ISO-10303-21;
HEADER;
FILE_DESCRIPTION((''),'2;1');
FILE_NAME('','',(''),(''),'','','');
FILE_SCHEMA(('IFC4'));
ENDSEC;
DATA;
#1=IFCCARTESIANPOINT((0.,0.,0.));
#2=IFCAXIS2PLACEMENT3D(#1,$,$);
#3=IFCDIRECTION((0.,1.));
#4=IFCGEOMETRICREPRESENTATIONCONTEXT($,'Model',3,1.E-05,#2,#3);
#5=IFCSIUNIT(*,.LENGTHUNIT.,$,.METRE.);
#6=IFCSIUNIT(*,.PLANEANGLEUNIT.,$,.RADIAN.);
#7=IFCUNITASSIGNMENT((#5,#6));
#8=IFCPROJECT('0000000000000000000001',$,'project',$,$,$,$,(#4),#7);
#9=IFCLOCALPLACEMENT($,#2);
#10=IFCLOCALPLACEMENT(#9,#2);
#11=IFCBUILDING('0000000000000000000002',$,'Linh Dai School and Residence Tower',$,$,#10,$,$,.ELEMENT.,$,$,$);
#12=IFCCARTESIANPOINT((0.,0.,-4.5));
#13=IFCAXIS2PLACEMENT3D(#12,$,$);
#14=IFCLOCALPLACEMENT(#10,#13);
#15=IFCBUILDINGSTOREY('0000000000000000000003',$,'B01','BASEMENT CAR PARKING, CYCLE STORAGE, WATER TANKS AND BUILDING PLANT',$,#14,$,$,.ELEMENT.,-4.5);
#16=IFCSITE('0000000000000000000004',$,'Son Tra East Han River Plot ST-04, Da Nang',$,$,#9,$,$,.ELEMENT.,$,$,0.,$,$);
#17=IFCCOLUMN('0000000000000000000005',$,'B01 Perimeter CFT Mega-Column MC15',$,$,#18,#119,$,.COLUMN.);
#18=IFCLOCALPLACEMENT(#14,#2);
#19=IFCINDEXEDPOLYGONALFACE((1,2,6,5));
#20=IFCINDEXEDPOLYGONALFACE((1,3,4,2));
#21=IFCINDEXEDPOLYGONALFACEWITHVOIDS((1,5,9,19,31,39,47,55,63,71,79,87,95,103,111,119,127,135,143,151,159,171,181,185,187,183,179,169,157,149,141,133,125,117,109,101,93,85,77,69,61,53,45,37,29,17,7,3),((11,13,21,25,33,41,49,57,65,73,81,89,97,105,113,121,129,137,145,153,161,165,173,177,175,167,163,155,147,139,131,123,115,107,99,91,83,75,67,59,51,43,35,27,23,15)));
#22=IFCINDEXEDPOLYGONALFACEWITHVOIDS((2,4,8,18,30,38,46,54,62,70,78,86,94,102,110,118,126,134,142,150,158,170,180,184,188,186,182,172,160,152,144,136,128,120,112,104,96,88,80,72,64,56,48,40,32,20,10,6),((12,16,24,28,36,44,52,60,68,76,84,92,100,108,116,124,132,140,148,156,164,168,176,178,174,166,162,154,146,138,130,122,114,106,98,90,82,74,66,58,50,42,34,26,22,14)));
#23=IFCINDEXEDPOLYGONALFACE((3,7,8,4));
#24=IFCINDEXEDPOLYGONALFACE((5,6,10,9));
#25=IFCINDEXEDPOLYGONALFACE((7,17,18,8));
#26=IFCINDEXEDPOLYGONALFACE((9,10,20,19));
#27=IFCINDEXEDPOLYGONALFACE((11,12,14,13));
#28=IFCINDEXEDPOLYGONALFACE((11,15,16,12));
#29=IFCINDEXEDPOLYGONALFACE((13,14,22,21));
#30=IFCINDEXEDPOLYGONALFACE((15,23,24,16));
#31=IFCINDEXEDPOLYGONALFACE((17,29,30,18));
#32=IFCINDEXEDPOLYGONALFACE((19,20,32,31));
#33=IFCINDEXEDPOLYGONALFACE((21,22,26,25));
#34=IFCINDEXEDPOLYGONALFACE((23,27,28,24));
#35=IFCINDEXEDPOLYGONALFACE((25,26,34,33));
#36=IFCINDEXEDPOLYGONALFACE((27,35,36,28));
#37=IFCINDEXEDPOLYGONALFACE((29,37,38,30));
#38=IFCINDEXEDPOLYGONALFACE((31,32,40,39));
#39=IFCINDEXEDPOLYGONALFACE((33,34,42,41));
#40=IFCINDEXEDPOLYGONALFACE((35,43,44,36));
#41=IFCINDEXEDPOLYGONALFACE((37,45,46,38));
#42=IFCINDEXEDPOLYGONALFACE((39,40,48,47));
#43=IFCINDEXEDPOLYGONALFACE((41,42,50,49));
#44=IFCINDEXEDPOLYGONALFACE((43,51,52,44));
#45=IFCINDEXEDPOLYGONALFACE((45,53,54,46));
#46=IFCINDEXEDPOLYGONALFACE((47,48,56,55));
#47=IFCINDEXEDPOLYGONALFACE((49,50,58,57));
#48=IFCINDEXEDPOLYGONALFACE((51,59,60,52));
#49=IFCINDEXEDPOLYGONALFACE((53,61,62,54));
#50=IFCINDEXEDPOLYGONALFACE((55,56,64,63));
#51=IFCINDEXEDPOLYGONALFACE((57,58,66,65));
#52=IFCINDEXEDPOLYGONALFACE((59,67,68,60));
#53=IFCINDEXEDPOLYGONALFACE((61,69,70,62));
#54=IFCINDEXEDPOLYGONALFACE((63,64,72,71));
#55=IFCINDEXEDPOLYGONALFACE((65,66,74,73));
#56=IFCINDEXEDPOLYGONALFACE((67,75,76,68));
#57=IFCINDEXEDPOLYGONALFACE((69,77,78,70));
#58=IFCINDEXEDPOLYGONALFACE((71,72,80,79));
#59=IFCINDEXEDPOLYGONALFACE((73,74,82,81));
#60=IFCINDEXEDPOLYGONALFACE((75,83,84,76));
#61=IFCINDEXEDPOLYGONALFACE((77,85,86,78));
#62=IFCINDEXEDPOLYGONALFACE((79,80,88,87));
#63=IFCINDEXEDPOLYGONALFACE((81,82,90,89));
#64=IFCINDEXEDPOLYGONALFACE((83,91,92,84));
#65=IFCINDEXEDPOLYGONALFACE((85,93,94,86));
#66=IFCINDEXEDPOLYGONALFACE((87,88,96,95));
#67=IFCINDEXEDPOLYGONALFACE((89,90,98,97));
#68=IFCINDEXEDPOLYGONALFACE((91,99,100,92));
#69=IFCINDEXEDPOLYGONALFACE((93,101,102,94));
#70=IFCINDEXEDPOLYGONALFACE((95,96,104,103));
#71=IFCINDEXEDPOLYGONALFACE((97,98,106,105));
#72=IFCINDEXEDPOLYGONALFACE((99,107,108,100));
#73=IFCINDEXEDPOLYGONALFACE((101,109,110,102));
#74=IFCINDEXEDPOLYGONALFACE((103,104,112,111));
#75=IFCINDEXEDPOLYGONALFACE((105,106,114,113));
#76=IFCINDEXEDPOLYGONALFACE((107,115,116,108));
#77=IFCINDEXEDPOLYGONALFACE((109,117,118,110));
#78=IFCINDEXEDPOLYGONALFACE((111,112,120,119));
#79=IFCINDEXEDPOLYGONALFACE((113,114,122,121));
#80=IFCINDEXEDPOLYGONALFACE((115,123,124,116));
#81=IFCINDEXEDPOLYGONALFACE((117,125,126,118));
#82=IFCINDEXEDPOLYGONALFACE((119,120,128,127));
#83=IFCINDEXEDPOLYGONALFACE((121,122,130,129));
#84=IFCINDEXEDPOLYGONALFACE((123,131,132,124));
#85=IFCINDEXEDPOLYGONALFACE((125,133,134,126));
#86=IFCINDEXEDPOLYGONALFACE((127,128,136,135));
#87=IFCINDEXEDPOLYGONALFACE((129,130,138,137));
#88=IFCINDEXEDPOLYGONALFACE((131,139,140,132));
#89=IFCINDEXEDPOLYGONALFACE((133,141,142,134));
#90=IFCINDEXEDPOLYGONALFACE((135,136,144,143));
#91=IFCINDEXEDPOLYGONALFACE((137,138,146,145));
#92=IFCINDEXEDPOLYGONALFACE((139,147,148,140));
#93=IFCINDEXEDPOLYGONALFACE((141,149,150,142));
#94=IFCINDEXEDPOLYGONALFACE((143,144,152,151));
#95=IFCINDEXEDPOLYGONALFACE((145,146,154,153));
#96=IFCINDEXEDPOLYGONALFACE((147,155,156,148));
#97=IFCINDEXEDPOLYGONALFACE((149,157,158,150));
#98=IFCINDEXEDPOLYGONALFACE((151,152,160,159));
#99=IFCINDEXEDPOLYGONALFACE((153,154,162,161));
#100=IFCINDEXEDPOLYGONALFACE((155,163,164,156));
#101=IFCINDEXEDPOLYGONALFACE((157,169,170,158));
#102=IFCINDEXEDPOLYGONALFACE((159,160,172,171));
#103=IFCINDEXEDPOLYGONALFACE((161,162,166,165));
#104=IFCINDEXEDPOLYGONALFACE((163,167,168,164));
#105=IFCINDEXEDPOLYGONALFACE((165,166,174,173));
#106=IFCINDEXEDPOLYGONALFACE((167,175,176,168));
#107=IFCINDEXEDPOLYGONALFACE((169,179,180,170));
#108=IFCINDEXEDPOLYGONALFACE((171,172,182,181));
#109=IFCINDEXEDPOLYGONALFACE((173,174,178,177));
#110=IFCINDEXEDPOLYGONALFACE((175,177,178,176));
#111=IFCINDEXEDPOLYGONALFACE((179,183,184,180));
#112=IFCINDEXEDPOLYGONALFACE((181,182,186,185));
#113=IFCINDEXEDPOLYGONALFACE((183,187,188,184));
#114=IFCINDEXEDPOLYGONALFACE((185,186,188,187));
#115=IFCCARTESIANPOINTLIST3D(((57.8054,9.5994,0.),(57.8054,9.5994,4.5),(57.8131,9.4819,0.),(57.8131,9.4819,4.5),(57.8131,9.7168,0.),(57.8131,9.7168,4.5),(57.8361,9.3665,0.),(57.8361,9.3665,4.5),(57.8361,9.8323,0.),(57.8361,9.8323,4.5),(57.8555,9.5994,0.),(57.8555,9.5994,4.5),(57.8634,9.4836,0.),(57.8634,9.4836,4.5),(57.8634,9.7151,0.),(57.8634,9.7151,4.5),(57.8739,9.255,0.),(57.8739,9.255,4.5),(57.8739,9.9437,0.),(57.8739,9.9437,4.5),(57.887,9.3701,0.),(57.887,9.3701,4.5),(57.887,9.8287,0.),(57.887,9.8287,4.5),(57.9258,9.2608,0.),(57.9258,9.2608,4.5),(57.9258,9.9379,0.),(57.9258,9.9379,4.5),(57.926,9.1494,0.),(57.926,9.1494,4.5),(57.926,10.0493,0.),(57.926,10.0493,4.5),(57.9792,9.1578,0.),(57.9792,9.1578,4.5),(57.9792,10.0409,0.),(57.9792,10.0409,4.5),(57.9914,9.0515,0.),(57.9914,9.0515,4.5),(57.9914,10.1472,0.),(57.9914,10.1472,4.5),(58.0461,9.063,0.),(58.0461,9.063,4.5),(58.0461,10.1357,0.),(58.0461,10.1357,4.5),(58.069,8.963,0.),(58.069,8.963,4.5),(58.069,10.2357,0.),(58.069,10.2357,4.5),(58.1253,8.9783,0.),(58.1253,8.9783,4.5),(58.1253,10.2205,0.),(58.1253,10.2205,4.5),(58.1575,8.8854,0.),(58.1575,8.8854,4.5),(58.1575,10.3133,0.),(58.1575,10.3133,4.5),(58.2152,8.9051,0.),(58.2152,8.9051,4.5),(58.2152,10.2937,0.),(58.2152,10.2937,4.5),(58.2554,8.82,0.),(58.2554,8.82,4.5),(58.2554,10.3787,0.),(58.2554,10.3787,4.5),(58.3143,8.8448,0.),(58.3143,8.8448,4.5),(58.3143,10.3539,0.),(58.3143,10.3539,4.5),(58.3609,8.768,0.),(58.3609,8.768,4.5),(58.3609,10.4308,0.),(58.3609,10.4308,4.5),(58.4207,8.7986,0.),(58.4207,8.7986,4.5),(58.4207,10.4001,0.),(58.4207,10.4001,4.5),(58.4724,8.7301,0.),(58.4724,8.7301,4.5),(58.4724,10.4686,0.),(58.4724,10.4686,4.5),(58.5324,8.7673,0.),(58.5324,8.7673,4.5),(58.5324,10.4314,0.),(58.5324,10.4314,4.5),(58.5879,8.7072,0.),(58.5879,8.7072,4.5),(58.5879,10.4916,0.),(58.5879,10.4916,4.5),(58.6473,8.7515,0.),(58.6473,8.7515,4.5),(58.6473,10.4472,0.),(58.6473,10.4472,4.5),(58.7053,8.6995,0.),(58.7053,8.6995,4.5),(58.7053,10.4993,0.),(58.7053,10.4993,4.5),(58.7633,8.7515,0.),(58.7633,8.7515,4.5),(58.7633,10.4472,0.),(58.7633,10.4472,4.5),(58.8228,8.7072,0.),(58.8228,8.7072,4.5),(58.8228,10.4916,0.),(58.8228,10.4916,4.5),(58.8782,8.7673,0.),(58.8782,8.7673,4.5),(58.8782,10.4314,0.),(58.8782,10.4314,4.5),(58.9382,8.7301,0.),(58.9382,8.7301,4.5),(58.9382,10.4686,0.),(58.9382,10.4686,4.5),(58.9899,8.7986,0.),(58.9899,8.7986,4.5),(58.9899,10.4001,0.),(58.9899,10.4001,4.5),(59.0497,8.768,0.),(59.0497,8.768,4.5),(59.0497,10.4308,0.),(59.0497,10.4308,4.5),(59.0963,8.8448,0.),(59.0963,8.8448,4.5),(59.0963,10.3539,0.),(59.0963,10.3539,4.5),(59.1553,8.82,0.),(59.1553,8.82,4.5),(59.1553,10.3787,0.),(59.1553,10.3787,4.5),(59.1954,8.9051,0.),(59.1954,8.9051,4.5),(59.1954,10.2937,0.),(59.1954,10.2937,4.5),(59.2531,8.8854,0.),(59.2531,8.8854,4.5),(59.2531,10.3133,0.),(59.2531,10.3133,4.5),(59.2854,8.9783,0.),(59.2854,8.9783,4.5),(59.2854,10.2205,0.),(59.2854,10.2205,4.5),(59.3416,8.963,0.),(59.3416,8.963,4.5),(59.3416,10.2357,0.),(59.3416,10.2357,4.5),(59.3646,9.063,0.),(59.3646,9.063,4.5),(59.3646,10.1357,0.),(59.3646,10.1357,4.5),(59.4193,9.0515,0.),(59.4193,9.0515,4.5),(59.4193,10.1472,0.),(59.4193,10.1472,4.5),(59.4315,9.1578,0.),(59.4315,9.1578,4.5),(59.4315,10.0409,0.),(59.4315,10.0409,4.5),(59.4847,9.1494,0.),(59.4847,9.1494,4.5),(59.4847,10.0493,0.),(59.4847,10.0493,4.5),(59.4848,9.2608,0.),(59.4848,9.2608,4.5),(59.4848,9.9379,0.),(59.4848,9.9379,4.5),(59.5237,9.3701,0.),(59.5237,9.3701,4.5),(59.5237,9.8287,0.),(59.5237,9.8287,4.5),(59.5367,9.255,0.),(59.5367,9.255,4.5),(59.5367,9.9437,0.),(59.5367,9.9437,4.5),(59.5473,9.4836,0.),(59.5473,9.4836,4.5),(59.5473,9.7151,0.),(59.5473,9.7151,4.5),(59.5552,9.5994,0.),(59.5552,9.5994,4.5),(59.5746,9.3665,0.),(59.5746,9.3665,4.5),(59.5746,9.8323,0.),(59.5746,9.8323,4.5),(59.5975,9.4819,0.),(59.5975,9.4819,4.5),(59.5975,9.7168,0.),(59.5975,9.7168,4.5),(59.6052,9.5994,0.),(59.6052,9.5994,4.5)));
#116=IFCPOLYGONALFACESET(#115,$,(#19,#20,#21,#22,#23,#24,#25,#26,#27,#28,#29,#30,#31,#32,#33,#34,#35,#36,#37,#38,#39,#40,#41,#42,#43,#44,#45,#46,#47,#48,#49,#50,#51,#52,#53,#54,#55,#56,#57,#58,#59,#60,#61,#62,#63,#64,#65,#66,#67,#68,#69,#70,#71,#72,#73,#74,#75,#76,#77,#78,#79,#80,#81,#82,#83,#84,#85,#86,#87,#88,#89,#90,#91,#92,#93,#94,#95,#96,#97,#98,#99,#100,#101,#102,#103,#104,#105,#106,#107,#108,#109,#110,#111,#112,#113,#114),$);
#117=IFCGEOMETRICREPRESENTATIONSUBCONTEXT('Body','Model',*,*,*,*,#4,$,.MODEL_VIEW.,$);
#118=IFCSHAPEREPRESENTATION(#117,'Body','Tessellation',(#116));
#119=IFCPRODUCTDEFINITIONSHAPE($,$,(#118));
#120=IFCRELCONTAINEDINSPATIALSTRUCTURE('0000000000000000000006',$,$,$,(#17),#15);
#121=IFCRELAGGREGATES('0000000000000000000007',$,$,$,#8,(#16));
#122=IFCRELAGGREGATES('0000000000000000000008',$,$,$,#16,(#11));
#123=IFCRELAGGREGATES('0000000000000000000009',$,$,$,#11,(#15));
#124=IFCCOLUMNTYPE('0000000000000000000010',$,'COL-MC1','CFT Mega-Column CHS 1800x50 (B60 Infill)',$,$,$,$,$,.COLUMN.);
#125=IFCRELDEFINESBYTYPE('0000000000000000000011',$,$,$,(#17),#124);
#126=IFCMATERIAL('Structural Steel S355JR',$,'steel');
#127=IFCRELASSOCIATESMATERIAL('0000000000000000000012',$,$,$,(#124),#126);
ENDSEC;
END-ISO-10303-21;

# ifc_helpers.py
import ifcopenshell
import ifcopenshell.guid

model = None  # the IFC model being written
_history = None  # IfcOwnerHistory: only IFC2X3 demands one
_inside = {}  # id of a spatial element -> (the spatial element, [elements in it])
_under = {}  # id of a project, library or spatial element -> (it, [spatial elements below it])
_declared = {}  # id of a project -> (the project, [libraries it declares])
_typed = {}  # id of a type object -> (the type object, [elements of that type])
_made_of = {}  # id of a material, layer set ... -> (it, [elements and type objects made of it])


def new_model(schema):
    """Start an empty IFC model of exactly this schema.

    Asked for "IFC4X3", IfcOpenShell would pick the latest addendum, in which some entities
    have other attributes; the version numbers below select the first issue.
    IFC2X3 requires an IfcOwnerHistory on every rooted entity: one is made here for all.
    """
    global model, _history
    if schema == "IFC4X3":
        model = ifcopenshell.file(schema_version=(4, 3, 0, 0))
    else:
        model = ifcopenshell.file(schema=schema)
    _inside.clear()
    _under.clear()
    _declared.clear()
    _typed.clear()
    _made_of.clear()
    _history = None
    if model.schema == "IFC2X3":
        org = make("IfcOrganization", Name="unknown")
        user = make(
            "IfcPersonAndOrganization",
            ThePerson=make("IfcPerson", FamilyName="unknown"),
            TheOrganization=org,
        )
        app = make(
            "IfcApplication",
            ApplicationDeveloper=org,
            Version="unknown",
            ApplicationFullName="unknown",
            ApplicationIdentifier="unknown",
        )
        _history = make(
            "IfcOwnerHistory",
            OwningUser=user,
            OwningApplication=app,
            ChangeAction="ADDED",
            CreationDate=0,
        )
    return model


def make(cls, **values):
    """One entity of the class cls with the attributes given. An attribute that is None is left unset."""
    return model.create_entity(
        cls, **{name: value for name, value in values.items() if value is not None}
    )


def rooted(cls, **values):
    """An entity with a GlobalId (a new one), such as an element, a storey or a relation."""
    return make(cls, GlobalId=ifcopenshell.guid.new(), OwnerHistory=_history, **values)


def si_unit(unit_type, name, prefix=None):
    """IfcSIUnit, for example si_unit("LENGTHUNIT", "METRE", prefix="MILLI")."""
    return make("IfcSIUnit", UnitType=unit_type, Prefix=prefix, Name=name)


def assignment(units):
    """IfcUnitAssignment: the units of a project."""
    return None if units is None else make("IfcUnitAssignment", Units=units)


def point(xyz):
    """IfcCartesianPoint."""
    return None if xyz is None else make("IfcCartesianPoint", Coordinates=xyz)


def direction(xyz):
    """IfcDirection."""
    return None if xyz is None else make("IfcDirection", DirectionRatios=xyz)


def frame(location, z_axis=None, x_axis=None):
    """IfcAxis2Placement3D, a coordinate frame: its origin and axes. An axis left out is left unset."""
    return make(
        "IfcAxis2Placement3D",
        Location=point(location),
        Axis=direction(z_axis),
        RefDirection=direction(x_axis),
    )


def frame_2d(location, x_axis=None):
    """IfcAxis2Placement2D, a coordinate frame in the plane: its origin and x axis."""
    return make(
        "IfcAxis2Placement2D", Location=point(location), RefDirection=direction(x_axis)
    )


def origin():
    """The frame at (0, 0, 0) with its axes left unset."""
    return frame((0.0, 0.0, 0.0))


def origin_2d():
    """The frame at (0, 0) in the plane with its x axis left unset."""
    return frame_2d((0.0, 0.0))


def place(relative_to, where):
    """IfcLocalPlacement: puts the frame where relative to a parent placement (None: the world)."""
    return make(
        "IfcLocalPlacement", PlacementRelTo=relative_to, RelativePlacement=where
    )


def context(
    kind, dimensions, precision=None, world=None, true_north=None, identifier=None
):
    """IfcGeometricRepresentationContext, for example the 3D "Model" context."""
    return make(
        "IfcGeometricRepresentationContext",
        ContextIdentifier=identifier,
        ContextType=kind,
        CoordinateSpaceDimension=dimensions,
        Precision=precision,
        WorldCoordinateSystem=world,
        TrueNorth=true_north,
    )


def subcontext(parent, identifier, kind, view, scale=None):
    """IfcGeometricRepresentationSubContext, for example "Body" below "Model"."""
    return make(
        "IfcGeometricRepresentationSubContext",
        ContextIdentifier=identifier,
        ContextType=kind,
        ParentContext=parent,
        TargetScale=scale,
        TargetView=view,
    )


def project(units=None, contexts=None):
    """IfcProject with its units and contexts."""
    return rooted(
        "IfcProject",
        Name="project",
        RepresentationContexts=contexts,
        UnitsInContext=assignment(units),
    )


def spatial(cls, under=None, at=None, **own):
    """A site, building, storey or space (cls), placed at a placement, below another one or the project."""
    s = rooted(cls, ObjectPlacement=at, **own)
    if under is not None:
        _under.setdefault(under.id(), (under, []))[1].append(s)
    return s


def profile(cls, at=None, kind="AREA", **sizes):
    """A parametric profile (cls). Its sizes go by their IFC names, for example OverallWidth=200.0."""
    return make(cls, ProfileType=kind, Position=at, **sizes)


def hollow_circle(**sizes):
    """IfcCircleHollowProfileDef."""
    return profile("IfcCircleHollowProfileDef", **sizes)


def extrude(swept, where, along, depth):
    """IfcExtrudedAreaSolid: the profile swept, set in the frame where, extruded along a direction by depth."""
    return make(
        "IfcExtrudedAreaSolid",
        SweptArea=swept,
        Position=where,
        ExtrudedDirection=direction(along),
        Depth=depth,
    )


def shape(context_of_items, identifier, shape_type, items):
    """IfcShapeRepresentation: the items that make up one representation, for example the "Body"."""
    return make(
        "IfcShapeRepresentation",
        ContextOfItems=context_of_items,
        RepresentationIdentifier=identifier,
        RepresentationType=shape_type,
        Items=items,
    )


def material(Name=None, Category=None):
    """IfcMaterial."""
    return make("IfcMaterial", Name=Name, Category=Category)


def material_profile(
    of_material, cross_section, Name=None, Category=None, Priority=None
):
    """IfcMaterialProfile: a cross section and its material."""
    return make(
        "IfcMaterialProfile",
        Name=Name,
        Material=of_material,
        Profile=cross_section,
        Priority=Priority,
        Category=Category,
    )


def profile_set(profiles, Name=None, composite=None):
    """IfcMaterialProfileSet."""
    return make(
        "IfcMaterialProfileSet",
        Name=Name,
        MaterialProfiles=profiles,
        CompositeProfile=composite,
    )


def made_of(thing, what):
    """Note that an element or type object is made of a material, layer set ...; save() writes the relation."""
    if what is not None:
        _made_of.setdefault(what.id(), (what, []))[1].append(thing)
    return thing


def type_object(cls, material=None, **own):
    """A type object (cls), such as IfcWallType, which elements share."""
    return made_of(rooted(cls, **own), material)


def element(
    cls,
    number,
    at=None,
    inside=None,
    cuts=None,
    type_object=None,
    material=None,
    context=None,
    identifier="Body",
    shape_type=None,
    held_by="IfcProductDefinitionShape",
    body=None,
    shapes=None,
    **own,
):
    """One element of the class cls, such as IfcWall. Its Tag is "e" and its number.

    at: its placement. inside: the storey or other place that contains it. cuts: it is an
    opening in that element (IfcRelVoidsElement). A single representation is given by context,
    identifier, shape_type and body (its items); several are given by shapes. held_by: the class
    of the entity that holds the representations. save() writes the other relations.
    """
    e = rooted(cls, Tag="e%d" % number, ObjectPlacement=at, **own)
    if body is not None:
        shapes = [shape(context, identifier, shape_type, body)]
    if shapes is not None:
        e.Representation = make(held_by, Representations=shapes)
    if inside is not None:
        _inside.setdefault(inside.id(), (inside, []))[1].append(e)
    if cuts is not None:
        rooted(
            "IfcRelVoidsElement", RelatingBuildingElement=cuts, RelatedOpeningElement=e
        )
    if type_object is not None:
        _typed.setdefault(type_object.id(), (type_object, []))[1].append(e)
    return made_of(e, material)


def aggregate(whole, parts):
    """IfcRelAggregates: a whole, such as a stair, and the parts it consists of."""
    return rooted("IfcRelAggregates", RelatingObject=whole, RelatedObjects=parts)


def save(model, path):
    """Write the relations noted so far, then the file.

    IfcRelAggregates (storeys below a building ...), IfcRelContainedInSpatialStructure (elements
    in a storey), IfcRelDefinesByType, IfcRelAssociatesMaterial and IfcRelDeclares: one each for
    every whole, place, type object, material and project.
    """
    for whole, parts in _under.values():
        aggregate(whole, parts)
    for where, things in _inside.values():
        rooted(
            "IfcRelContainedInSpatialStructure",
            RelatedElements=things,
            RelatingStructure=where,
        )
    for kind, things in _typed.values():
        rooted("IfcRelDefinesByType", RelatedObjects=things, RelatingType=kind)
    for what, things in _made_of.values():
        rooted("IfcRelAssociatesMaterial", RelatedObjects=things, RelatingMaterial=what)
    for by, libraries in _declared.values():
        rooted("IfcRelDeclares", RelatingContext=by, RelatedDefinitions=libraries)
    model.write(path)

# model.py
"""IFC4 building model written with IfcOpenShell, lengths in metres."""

from ifc_helpers import new_model, si_unit, direction, frame, origin, origin_2d, place, context, subcontext, project, spatial, hollow_circle, extrude, material, material_profile, profile_set, type_object, element, save


model = new_model("IFC4")

# Units and contexts
model_context = context("Model", 3, precision=1e-05, world=origin(), true_north=direction((0.0, 1.0)))
body_context = subcontext(model_context, "Body", "Model", "MODEL_VIEW")
ifc_project = project(units=[si_unit("LENGTHUNIT", "METRE"), si_unit("PLANEANGLEUNIT", "RADIAN")], contexts=[model_context])

# Site, building, storey
site_placement = place(None, origin())
site = spatial("IfcSite", under=ifc_project, at=site_placement, Name="Son Tra East Han River Plot ST-04, Da Nang", CompositionType="ELEMENT", RefElevation=0.0)
building_placement = place(site_placement, origin())
building = spatial("IfcBuilding", under=site, at=building_placement, Name="Linh Dai School and Residence Tower", CompositionType="ELEMENT")
storey_placement = place(building_placement, frame((0.0, 0.0, -4.5)))
storey = spatial("IfcBuildingStorey", under=building, at=storey_placement, Name="B01", Description="BASEMENT CAR PARKING, CYCLE STORAGE, WATER TANKS AND BUILDING PLANT", CompositionType="ELEMENT", Elevation=-4.5)

# Column
ifc_material_1 = material(Name="Structural Steel S355JR", Category="steel")
ifc_material_profile_1 = material_profile(ifc_material_1, hollow_circle(Radius=0.8999, WallThickness=0.05, at=origin_2d()), Name="CHS 1800x50")
ifc_profile_set_1 = profile_set([ifc_material_profile_1], Name="Structural Steel S355JR")
column_type_1 = type_object("IfcColumnType", Name="COL-MC1", Description="CFT Mega-Column CHS 1800x50 (B60 Infill)", PredefinedType="COLUMN", material=ifc_profile_set_1)
for number, where, z_axis, x_axis, name in (
    (1, (58.7053, 9.5994, 0.0), (0.0, 0.0, 1.0), (1.0, 0.0, 0.0), "B01 Perimeter CFT Mega-Column MC15"),
):
    element("IfcColumn", number, at=place(storey_placement, frame(where, z_axis=z_axis, x_axis=x_axis)), inside=storey, type_object=column_type_1, Name=name, PredefinedType="COLUMN", context=body_context, shape_type="SweptSolid", body=[
        extrude(hollow_circle(Radius=0.8999, WallThickness=0.05, at=origin_2d()), origin(), (0.0, 0.0, 1.0), 4.5),
    ])

save(model, "model.ifc")
